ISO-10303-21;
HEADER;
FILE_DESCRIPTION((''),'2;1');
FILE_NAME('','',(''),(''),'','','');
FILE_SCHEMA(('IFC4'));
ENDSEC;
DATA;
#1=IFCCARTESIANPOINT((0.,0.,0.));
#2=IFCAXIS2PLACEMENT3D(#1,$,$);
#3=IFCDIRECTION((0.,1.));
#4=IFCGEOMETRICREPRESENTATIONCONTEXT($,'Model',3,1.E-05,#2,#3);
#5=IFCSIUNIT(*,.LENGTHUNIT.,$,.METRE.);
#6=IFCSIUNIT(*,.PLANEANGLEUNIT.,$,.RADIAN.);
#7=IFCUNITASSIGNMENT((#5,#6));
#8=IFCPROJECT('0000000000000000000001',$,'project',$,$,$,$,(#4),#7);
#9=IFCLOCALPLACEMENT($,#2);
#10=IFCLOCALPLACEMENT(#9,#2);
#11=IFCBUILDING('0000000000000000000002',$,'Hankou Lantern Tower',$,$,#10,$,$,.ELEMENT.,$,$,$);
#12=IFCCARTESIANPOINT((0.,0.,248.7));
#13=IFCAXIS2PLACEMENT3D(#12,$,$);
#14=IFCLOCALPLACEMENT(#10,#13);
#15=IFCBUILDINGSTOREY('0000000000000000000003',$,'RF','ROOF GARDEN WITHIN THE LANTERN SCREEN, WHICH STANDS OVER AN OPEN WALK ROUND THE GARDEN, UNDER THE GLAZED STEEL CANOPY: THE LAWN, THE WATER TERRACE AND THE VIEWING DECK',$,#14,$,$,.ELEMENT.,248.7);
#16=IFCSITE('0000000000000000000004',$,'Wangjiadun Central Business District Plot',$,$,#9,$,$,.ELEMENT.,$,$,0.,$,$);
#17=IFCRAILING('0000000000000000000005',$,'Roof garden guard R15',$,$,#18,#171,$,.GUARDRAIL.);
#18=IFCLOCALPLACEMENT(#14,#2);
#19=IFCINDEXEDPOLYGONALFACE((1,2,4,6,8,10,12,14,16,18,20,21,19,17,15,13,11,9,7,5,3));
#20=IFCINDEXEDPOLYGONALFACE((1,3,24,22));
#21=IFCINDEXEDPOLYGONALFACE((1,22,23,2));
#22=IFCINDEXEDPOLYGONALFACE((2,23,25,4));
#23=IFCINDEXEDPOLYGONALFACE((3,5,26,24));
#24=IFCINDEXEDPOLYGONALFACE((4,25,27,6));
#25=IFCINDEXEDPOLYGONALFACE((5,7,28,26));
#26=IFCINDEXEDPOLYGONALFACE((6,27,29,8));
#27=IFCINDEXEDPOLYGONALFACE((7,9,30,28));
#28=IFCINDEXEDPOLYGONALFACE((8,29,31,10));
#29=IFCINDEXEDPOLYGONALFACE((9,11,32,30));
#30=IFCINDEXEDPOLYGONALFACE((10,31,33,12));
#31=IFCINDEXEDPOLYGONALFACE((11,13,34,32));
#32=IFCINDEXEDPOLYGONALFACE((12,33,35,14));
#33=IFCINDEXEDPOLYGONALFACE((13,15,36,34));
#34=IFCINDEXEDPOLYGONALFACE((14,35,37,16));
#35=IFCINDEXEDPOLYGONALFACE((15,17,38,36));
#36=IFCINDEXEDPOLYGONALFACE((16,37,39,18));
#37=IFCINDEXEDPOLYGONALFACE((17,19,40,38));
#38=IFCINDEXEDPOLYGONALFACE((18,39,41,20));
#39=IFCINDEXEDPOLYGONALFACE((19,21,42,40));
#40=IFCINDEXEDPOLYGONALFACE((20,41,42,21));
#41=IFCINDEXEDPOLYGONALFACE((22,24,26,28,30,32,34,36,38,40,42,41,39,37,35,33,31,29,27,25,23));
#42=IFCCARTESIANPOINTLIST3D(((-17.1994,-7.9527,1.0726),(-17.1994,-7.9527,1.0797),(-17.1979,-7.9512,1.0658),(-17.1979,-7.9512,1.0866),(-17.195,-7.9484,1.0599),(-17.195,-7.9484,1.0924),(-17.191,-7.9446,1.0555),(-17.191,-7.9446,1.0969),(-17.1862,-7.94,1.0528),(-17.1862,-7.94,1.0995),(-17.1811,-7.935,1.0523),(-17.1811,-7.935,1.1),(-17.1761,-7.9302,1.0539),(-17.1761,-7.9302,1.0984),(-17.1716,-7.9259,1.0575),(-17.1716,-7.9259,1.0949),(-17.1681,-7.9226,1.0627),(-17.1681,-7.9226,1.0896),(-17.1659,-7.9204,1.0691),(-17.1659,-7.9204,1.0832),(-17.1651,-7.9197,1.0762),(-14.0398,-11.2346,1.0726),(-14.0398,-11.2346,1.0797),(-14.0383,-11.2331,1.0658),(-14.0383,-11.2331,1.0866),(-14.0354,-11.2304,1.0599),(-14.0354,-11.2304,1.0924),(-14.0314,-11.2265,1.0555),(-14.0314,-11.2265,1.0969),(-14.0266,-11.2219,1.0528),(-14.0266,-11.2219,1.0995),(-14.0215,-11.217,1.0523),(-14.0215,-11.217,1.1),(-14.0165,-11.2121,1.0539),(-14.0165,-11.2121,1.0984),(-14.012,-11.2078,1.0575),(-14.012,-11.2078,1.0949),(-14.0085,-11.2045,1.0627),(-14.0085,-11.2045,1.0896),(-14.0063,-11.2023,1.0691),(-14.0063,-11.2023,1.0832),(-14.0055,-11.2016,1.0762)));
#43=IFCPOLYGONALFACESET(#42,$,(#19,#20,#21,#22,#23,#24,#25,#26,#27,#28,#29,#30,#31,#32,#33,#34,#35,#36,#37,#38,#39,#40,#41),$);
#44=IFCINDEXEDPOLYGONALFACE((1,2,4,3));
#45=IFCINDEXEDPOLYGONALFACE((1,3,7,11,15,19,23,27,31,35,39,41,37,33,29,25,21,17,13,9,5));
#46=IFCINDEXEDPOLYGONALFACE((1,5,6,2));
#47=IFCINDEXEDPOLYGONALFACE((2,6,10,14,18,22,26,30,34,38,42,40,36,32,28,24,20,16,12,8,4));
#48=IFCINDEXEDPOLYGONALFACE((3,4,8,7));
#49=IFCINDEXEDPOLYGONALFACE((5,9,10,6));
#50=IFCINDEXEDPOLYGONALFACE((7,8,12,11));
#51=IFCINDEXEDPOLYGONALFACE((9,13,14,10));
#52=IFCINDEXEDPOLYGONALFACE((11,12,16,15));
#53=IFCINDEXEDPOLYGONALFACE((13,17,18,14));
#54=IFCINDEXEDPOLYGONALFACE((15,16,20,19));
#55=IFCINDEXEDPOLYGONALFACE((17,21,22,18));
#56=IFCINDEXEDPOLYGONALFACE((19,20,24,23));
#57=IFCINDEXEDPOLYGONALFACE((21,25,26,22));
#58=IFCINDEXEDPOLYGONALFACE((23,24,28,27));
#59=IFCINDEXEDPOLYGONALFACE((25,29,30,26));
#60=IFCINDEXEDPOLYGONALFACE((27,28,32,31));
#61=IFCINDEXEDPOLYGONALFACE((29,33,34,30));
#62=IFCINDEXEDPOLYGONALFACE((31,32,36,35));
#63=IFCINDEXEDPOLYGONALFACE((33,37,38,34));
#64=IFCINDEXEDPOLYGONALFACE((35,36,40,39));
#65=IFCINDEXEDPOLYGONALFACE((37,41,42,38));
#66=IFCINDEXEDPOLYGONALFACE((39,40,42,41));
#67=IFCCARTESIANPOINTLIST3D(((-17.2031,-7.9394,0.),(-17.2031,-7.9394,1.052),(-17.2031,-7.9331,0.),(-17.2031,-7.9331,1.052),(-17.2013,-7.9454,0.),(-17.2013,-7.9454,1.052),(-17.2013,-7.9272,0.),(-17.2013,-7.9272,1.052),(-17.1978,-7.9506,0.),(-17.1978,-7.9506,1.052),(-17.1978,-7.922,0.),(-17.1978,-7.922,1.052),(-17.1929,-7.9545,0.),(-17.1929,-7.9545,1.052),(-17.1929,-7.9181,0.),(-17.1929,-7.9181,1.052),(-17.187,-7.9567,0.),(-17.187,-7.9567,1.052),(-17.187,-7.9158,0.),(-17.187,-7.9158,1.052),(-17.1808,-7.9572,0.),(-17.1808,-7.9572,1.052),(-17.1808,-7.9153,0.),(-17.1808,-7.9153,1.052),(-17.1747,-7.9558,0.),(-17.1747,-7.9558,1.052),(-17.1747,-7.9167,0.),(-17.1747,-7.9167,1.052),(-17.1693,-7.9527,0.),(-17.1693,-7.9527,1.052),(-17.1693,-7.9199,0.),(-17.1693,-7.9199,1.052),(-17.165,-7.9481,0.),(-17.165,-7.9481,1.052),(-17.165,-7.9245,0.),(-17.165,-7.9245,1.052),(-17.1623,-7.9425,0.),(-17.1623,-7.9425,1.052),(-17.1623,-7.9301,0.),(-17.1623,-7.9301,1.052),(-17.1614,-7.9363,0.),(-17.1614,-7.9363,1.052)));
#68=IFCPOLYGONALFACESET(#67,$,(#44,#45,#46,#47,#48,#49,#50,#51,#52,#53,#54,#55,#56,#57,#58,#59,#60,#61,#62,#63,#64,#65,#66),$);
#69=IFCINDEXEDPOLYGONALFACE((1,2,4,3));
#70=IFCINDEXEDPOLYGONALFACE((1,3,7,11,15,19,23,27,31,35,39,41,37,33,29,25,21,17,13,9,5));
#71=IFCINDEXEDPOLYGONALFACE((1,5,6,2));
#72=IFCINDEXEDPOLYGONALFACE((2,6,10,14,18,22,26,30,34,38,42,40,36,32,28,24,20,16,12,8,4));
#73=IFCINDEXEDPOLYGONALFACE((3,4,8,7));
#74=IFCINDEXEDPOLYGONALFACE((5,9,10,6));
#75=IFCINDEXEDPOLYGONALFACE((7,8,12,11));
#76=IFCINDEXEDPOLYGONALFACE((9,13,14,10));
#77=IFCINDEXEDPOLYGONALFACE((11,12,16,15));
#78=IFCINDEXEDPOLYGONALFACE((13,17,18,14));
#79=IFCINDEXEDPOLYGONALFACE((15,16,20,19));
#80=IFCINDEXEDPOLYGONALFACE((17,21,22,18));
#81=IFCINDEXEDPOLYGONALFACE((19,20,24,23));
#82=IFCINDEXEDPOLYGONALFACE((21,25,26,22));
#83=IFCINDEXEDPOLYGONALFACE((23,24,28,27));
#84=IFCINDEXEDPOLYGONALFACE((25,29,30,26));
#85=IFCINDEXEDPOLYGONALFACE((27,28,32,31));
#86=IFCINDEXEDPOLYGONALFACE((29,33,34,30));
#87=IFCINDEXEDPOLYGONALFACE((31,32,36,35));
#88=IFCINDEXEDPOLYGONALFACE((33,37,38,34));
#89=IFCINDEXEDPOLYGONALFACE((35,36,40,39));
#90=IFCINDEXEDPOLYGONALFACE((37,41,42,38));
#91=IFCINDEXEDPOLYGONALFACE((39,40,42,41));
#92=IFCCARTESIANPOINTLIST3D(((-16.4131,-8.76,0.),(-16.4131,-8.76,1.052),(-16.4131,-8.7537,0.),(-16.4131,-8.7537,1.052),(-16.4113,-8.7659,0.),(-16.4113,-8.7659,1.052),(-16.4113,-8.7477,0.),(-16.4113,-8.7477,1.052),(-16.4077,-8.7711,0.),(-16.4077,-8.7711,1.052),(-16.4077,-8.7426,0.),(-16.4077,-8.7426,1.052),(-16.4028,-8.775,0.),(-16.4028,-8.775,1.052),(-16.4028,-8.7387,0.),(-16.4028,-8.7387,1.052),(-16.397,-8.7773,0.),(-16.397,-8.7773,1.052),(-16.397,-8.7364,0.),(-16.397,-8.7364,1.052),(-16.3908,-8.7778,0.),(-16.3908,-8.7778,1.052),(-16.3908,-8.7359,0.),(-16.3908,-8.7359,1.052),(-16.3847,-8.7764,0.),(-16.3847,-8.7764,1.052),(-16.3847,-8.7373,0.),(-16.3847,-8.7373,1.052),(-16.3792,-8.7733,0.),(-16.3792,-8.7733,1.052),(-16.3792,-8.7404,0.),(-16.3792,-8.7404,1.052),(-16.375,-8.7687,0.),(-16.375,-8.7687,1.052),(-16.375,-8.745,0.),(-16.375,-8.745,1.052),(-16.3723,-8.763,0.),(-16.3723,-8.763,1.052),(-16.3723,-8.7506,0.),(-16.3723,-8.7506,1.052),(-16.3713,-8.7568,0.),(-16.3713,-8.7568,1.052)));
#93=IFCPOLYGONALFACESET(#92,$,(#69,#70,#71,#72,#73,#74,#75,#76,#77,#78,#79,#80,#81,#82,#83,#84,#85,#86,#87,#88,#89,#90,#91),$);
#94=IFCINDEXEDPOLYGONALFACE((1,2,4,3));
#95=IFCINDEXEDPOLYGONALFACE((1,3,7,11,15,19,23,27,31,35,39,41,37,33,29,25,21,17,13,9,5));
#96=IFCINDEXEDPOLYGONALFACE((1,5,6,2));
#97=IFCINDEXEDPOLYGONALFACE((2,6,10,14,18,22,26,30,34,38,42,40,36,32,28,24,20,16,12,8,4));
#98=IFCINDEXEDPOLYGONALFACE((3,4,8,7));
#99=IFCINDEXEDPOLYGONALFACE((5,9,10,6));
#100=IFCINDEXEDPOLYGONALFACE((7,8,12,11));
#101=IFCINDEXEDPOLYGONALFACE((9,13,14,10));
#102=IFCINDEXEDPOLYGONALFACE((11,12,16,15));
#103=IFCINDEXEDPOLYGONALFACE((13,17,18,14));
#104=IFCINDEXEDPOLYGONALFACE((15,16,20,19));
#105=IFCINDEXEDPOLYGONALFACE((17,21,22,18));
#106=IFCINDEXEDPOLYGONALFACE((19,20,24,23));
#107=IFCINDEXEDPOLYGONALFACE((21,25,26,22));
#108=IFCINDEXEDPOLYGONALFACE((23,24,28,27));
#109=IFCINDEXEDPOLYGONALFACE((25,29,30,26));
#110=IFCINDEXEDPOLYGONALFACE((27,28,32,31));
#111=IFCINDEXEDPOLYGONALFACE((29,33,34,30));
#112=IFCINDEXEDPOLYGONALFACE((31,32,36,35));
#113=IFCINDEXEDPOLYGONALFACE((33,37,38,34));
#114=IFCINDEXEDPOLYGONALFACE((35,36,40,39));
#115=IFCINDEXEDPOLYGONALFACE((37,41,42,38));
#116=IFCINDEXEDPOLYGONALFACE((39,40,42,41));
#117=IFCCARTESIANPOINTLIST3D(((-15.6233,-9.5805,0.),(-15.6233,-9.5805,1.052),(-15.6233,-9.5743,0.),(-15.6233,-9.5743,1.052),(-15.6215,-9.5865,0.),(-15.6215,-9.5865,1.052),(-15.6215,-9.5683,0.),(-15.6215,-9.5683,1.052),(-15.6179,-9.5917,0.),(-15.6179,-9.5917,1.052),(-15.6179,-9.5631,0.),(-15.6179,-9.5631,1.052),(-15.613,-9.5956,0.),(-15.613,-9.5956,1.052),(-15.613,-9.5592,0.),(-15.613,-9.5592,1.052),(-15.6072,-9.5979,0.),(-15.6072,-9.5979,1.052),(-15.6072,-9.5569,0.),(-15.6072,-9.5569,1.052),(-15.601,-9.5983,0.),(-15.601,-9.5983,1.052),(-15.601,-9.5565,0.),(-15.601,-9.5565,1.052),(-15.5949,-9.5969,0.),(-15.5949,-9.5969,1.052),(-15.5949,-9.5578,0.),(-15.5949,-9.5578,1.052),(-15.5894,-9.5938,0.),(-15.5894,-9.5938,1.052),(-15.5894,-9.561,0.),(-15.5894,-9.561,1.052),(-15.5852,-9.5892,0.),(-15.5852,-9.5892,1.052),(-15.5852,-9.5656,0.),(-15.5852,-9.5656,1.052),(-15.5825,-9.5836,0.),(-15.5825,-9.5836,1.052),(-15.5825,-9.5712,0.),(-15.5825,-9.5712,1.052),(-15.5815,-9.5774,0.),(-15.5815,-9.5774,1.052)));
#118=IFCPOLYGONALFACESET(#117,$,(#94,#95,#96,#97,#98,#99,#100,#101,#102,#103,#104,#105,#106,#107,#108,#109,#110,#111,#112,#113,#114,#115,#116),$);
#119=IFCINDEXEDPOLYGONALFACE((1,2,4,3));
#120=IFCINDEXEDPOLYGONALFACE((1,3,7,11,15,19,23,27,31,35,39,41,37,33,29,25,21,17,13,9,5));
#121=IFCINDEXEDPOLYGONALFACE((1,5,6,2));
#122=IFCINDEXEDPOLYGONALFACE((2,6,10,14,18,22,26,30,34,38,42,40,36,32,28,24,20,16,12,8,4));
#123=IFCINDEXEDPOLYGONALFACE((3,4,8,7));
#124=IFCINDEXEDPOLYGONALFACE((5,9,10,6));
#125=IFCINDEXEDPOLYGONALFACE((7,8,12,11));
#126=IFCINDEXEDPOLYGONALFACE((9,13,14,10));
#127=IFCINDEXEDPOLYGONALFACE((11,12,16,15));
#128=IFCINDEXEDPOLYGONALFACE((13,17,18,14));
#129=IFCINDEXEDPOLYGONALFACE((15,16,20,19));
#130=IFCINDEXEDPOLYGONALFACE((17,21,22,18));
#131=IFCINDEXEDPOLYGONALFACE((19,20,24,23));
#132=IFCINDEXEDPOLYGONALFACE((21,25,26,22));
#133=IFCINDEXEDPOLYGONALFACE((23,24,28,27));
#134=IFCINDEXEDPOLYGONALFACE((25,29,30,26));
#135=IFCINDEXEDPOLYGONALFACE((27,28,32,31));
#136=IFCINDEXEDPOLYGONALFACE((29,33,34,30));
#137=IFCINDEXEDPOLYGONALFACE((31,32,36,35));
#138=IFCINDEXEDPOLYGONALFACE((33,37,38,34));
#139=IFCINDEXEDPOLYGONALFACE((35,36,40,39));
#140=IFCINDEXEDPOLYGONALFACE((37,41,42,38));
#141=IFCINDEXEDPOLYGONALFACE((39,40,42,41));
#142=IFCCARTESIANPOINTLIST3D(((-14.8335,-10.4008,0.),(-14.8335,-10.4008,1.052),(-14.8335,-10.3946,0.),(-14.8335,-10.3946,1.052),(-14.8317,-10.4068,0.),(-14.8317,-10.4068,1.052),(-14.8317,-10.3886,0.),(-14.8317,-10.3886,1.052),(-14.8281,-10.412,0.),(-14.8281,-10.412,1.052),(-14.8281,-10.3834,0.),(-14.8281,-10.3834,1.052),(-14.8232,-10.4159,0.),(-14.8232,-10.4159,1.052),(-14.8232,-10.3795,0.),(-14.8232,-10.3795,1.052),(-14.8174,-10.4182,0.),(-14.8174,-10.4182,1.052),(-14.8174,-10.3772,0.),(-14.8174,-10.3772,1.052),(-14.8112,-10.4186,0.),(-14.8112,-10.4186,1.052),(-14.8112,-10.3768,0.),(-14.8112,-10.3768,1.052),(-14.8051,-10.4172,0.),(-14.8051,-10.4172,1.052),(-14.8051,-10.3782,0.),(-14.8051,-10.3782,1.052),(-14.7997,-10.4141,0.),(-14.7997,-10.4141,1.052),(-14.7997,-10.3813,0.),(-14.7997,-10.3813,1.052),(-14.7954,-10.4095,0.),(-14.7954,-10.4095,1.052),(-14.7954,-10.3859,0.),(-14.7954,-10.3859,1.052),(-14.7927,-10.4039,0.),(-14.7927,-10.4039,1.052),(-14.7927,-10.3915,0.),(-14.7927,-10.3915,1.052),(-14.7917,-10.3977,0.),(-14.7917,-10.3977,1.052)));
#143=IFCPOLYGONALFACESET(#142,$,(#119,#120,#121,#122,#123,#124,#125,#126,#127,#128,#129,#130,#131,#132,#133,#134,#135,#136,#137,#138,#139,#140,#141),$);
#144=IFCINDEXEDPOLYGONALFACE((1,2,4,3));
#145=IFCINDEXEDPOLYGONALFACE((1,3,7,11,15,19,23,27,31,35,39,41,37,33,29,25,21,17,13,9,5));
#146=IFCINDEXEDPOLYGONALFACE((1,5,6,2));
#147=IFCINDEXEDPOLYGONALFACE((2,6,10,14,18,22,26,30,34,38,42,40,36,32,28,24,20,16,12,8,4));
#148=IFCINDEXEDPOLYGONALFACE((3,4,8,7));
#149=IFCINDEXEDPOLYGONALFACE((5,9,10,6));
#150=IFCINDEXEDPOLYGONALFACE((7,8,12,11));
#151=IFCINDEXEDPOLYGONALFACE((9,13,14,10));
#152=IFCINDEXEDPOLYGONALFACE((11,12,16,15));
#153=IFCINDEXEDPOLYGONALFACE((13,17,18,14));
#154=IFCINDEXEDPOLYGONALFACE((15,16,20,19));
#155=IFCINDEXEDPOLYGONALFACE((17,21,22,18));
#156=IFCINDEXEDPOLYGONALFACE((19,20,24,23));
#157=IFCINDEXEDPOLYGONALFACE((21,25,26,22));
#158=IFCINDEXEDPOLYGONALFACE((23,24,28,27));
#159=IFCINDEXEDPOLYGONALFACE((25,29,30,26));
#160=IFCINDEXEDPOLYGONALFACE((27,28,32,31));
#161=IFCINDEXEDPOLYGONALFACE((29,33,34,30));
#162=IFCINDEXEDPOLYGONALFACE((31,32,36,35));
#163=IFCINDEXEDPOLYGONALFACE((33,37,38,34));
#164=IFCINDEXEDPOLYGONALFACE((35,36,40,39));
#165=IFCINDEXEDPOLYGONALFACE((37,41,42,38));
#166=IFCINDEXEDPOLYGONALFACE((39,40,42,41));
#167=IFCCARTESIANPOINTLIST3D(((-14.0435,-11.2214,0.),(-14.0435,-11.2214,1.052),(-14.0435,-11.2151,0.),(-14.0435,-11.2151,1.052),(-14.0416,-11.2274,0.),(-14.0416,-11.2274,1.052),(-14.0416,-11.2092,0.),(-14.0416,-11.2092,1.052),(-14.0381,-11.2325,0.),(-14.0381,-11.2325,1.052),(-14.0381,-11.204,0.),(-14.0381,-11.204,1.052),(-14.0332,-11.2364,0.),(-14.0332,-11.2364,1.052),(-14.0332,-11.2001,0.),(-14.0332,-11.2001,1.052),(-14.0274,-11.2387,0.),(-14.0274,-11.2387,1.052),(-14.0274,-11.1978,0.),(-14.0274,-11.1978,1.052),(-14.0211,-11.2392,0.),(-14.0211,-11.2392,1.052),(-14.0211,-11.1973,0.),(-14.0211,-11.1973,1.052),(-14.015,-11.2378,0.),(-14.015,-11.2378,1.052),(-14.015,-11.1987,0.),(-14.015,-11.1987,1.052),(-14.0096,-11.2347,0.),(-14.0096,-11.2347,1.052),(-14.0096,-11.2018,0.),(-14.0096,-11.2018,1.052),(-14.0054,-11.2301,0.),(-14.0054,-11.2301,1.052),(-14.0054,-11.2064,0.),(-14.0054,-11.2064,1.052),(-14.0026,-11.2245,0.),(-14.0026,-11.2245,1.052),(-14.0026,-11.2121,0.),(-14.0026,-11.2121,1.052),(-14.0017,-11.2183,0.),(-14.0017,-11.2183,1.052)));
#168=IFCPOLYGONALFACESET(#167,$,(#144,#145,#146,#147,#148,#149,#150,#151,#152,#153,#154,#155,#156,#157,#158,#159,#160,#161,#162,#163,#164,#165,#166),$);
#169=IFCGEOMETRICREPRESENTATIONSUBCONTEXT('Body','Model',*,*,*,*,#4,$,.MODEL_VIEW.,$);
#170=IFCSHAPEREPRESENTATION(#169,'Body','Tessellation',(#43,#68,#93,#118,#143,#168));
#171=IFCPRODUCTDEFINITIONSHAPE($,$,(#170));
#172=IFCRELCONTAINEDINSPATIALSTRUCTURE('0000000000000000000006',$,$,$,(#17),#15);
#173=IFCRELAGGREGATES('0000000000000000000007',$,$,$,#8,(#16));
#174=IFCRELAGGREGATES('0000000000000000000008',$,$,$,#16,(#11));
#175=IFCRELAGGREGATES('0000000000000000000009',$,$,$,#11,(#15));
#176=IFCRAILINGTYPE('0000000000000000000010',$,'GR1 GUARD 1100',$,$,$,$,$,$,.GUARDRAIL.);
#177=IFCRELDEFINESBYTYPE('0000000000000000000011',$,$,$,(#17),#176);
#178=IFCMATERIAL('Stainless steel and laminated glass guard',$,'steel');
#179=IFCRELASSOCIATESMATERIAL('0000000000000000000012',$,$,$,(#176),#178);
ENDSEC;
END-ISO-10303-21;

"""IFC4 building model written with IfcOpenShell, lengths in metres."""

from ifc_helpers import new_model, si_unit, direction, frame, origin, origin_2d, place, context, subcontext, project, spatial, circle, extrude, material, type_object, element, save


model = new_model("IFC4")

# Units and contexts
model_context = context("Model", 3, precision=1e-05, world=origin(), true_north=direction((0.0, 1.0)))
body_context = subcontext(model_context, "Body", "Model", "MODEL_VIEW")
ifc_project = project(units=[si_unit("LENGTHUNIT", "METRE"), si_unit("PLANEANGLEUNIT", "RADIAN")], contexts=[model_context])

# Site, building, storey
site_placement = place(None, origin())
site = spatial("IfcSite", under=ifc_project, at=site_placement, Name="Wangjiadun Central Business District Plot", CompositionType="ELEMENT", RefElevation=0.0)
building_placement = place(site_placement, origin())
building = spatial("IfcBuilding", under=site, at=building_placement, Name="Hankou Lantern Tower", CompositionType="ELEMENT")
storey_placement = place(building_placement, frame((0.0, 0.0, 248.7)))
storey = spatial("IfcBuildingStorey", under=building, at=storey_placement, Name="RF", Description="ROOF GARDEN WITHIN THE LANTERN SCREEN, WHICH STANDS OVER AN OPEN WALK ROUND THE GARDEN, UNDER THE GLAZED STEEL CANOPY: THE LAWN, THE WATER TERRACE AND THE VIEWING DECK", CompositionType="ELEMENT", Elevation=248.7)

# Railing
ifc_material_1 = material(Name="Stainless steel and laminated glass guard", Category="steel")
railing_type = type_object("IfcRailingType", Name="GR1 GUARD 1100", PredefinedType="GUARDRAIL", material=ifc_material_1)
railing_1_placement = place(storey_placement, frame((-17.1824, -7.9363, 0.0)))
element("IfcRailing", 1, at=railing_1_placement, inside=storey, type_object=railing_type, Name="Roof garden guard R15", PredefinedType="GUARDRAIL", context=body_context, shape_type="SweptSolid", body=[
    extrude(circle(Radius=0.0239, at=origin_2d()), frame((0.0, 0.0, 1.0762), z_axis=(0.693555, -0.720404, 0.0), x_axis=(0.720404, 0.693555, 0.0)), (0.0, 0.0, 1.0), 4.5557),
    extrude(circle(Radius=0.021, at=origin_2d()), origin(), (0.0, 0.0, 1.0), 1.052),
    extrude(circle(Radius=0.021, at=origin_2d()), frame((0.79, -0.8206, 0.0)), (0.0, 0.0, 1.0), 1.052),
    extrude(circle(Radius=0.021, at=origin_2d()), frame((1.5798, -1.6411, 0.0)), (0.0, 0.0, 1.0), 1.052),
    extrude(circle(Radius=0.021, at=origin_2d()), frame((2.3696, -2.4614, 0.0)), (0.0, 0.0, 1.0), 1.052),
    extrude(circle(Radius=0.021, at=origin_2d()), frame((3.1597, -3.282, 0.0)), (0.0, 0.0, 1.0), 1.052),
])

save(model, "model.ifc")
